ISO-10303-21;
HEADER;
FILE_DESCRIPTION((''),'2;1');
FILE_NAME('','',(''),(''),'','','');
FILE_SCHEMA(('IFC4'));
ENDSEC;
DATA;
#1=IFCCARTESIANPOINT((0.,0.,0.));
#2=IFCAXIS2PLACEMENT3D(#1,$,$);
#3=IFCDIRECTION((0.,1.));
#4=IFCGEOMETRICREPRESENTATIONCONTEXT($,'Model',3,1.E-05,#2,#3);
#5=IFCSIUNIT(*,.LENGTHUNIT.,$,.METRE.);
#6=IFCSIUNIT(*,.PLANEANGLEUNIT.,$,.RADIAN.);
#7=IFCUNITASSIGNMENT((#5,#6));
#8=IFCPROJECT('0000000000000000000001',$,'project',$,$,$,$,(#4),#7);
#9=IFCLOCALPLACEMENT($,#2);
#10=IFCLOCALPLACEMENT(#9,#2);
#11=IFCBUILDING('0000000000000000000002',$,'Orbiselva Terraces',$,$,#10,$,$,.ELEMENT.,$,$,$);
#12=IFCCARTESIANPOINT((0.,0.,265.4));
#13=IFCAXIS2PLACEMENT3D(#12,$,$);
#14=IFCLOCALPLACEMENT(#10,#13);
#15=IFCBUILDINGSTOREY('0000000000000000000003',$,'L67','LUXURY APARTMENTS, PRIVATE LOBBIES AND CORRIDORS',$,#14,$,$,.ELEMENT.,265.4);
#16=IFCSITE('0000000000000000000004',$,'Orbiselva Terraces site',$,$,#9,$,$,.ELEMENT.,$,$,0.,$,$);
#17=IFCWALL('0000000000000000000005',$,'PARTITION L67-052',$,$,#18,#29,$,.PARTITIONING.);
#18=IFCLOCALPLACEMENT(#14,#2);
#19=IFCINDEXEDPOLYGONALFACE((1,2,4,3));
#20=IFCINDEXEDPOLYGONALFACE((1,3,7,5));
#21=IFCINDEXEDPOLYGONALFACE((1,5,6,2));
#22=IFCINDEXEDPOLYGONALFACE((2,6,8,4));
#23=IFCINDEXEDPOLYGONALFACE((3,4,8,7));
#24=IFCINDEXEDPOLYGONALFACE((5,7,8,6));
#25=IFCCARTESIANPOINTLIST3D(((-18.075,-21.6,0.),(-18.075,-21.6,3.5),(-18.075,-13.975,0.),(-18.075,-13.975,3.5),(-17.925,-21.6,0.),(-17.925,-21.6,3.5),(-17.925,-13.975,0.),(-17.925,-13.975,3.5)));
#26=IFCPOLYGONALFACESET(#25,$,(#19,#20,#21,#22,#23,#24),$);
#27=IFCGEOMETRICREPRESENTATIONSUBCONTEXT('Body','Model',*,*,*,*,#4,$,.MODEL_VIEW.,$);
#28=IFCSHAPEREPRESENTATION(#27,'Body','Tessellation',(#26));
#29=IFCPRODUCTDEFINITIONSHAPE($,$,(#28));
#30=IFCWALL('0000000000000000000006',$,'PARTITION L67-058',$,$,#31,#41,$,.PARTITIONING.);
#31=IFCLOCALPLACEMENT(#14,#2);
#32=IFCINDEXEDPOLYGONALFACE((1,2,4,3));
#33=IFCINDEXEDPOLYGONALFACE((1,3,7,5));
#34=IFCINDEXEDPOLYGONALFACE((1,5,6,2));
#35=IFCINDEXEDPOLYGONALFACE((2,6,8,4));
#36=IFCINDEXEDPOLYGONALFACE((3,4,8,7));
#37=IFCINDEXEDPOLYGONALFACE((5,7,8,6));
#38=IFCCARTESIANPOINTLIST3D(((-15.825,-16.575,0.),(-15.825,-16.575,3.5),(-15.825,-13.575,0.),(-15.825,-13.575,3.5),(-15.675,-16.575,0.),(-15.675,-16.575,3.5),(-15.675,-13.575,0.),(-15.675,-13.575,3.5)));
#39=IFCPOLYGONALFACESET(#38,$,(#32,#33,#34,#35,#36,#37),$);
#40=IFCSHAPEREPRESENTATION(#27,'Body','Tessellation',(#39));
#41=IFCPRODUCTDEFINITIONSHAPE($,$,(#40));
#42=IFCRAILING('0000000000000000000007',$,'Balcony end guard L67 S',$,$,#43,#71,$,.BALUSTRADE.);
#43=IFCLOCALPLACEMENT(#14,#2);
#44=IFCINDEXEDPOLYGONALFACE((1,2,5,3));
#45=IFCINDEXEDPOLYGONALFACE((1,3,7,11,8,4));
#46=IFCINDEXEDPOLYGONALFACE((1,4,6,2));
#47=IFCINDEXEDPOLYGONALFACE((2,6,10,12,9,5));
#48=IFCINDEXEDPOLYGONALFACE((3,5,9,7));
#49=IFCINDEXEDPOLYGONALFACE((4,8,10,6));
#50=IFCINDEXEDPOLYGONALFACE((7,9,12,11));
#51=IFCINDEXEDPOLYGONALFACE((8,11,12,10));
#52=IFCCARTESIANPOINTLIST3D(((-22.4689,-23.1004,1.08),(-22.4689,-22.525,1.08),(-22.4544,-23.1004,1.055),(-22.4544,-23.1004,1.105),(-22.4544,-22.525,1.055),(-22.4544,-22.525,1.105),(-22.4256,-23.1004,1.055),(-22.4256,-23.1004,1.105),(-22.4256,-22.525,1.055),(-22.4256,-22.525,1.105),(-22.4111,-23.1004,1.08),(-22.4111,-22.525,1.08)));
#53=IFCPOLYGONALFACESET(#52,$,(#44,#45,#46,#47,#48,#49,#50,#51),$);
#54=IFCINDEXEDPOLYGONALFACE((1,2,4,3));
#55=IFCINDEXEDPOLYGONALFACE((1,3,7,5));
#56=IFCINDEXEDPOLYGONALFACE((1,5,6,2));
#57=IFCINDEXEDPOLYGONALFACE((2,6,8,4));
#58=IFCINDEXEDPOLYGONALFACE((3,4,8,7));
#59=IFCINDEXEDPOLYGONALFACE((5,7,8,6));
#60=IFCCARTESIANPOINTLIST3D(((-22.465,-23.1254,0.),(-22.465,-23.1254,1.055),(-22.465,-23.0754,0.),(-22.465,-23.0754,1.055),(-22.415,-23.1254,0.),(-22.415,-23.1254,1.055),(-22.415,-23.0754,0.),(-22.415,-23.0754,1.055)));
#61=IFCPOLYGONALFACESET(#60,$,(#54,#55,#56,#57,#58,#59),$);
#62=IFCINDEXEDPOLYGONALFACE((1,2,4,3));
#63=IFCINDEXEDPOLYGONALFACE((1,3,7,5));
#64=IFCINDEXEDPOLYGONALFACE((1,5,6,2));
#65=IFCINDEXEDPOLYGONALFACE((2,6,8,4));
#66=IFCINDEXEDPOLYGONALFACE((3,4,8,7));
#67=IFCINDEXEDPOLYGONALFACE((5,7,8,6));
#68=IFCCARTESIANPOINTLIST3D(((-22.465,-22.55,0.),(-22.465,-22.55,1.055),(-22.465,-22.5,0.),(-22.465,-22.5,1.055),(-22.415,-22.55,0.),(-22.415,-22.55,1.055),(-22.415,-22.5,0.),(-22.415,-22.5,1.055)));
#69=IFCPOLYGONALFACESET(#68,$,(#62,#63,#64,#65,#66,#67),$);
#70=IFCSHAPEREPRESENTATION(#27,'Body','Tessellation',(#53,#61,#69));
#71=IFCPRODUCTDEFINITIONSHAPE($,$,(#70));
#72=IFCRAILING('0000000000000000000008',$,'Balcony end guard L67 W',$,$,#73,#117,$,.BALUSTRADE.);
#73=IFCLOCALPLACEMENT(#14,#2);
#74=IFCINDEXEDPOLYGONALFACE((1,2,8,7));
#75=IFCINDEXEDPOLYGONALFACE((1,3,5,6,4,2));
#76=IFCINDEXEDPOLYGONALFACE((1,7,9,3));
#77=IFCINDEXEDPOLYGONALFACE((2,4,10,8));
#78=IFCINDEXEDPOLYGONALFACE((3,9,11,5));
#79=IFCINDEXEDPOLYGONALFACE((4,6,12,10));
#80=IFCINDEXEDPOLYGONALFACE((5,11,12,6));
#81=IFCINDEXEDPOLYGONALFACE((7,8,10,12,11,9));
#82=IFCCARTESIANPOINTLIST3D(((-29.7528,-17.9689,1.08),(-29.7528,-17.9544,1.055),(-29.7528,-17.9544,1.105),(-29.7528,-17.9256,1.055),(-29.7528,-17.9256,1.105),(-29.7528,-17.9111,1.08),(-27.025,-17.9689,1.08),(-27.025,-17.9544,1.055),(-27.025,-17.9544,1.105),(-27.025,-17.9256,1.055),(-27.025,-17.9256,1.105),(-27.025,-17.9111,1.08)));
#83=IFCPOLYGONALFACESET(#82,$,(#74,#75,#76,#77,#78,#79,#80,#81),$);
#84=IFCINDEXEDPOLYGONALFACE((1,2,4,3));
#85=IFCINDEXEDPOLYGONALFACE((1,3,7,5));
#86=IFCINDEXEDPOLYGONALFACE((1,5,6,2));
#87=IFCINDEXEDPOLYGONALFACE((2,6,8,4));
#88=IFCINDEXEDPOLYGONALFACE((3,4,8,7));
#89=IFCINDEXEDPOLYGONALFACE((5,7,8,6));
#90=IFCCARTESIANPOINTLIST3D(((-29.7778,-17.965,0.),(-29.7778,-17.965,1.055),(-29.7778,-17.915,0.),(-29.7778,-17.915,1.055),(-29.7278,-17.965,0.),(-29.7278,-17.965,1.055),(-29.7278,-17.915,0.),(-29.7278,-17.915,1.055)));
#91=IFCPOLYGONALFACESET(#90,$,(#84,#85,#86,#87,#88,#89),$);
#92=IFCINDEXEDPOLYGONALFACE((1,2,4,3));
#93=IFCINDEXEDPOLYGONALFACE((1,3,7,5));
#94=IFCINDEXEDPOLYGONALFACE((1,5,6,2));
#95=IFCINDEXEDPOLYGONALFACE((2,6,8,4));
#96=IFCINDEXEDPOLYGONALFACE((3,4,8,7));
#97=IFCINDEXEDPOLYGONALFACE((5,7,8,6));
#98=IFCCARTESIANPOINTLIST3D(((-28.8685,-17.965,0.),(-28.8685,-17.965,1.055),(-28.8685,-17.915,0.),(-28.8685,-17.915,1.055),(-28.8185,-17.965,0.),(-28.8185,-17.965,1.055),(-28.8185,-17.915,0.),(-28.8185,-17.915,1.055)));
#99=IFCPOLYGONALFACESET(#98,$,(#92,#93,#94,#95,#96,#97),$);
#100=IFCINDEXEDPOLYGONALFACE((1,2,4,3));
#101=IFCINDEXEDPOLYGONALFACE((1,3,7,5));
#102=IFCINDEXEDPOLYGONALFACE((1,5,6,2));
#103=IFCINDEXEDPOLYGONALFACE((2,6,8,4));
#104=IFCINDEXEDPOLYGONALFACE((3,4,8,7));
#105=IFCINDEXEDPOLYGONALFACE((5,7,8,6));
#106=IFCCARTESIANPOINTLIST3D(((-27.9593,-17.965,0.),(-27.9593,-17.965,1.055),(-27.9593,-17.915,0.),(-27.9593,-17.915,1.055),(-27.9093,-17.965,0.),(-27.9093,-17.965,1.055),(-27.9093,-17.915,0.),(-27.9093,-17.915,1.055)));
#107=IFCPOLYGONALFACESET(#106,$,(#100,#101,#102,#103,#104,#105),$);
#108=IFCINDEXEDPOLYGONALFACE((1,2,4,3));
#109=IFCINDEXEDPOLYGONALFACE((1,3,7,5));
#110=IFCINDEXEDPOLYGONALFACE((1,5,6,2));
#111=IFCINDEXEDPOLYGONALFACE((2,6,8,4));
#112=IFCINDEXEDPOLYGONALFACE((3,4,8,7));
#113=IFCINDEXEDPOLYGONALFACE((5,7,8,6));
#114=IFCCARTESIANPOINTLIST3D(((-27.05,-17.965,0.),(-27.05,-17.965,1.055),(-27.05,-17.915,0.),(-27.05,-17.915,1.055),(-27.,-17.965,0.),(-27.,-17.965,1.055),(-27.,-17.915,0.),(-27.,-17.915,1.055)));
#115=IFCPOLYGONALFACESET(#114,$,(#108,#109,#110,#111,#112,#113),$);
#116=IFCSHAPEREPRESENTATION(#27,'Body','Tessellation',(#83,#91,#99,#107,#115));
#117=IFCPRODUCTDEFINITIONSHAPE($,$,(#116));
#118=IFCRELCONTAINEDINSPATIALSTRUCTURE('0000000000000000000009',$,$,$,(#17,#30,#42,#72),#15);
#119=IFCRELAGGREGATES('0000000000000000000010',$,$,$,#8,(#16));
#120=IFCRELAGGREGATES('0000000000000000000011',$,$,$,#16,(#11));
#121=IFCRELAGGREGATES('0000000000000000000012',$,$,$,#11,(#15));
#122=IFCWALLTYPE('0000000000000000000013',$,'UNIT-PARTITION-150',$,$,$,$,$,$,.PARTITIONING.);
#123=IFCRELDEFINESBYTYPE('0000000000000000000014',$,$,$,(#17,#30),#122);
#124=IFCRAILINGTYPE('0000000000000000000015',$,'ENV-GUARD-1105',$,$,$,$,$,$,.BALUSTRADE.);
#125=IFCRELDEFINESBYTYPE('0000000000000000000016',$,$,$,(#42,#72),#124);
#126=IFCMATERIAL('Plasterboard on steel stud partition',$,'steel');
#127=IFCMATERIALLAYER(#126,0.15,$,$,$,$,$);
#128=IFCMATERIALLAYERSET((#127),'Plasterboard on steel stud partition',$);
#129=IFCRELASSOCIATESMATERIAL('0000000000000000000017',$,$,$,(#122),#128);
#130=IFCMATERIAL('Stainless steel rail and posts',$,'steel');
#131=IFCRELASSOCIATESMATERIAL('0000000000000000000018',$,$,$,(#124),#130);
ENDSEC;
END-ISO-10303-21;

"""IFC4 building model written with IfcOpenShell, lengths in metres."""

from ifc_helpers import new_model, si_unit, direction, frame, frame_2d, origin, origin_2d, place, context, subcontext, project, spatial, polyline, rectangle, outline, extrude, material, layer, layer_set, type_object, element, save


model = new_model("IFC4")

# Units and contexts
model_context = context("Model", 3, precision=1e-05, world=origin(), true_north=direction((0.0, 1.0)))
body_context = subcontext(model_context, "Body", "Model", "MODEL_VIEW")
ifc_project = project(units=[si_unit("LENGTHUNIT", "METRE"), si_unit("PLANEANGLEUNIT", "RADIAN")], contexts=[model_context])

# Site, building, storey
site_placement = place(None, origin())
site = spatial("IfcSite", under=ifc_project, at=site_placement, Name="Orbiselva Terraces site", CompositionType="ELEMENT", RefElevation=0.0)
building_placement = place(site_placement, origin())
building = spatial("IfcBuilding", under=site, at=building_placement, Name="Orbiselva Terraces", CompositionType="ELEMENT")
storey_placement = place(building_placement, frame((0.0, 0.0, 265.4)))
storey = spatial("IfcBuildingStorey", under=building, at=storey_placement, Name="L67", Description="LUXURY APARTMENTS, PRIVATE LOBBIES AND CORRIDORS", CompositionType="ELEMENT", Elevation=265.4)

# Walls
ifc_material_1 = material(Name="Plasterboard on steel stud partition", Category="steel")
ifc_layer_1 = layer(ifc_material_1, 0.15)
ifc_layer_set_1 = layer_set([ifc_layer_1], Name="Plasterboard on steel stud partition")
wall_type_1 = type_object("IfcWallType", Name="UNIT-PARTITION-150", PredefinedType="PARTITIONING", material=ifc_layer_set_1)
wall_1_placement = place(storey_placement, frame((-18.0, -21.6, 0.0), z_axis=(0.0, 0.0, 1.0), x_axis=(0.0, 1.0, 0.0)))
element("IfcWall", 1, at=wall_1_placement, inside=storey, type_object=wall_type_1, Name="PARTITION L67-052", PredefinedType="PARTITIONING", context=body_context, shape_type="SweptSolid", body=[
    extrude(rectangle(XDim=7.625, YDim=0.15, at=frame_2d((3.8125, 0.0))), origin(), (0.0, 0.0, 1.0), 3.5),
])
wall_2_placement = place(storey_placement, frame((-15.75, -16.575, 0.0), z_axis=(0.0, 0.0, 1.0), x_axis=(0.0, 1.0, 0.0)))
element("IfcWall", 2, at=wall_2_placement, inside=storey, type_object=wall_type_1, Name="PARTITION L67-058", PredefinedType="PARTITIONING", context=body_context, shape_type="SweptSolid", body=[
    extrude(rectangle(XDim=3.0, YDim=0.15, at=frame_2d((1.5, 0.0))), origin(), (0.0, 0.0, 1.0), 3.5),
])

# Railings
ifc_material_2 = material(Name="Stainless steel rail and posts", Category="steel")
railing_type_1 = type_object("IfcRailingType", Name="ENV-GUARD-1105", PredefinedType="BALUSTRADE", material=ifc_material_2)
railing_1_placement = place(storey_placement, frame((-22.44, -23.1004, 0.0)))
element("IfcRailing", 3, at=railing_1_placement, inside=storey, type_object=railing_type_1, Name="Balcony end guard L67 S", PredefinedType="BALUSTRADE", context=body_context, shape_type="SweptSolid", body=[
    extrude(outline(polyline([(0.0289, 0.0), (0.0144, 0.025), (-0.0144, 0.025), (-0.0289, 0.0), (-0.0144, -0.025), (0.0144, -0.025), (0.0289, 0.0)])), frame((0.0, 0.0, 1.08), z_axis=(0.0, 1.0, 0.0), x_axis=(-1.0, 0.0, 0.0)), (0.0, 0.0, 1.0), 0.5754),
    extrude(rectangle(XDim=0.05, YDim=0.05, at=origin_2d()), origin(), (0.0, 0.0, 1.0), 1.055),
    extrude(rectangle(XDim=0.05, YDim=0.05, at=origin_2d()), frame((0.0, 0.5754, 0.0)), (0.0, 0.0, 1.0), 1.055),
])
railing_2_placement = place(storey_placement, frame((-29.7528, -17.94, 0.0)))
element("IfcRailing", 4, at=railing_2_placement, inside=storey, type_object=railing_type_1, Name="Balcony end guard L67 W", PredefinedType="BALUSTRADE", context=body_context, shape_type="SweptSolid", body=[
    extrude(outline(polyline([(0.0289, 0.0), (0.0144, 0.025), (-0.0144, 0.025), (-0.0289, 0.0), (-0.0144, -0.025), (0.0144, -0.025), (0.0289, 0.0)])), frame((0.0, 0.0, 1.08), z_axis=(1.0, 0.0, 0.0), x_axis=(0.0, 1.0, 0.0)), (0.0, 0.0, 1.0), 2.7278),
    extrude(rectangle(XDim=0.05, YDim=0.05, at=origin_2d()), origin(), (0.0, 0.0, 1.0), 1.055),
    extrude(rectangle(XDim=0.05, YDim=0.05, at=origin_2d()), frame((0.9093, 0.0, 0.0)), (0.0, 0.0, 1.0), 1.055),
    extrude(rectangle(XDim=0.05, YDim=0.05, at=origin_2d()), frame((1.8185, 0.0, 0.0)), (0.0, 0.0, 1.0), 1.055),
    extrude(rectangle(XDim=0.05, YDim=0.05, at=origin_2d()), frame((2.7278, 0.0, 0.0)), (0.0, 0.0, 1.0), 1.055),
])

save(model, "model.ifc")
